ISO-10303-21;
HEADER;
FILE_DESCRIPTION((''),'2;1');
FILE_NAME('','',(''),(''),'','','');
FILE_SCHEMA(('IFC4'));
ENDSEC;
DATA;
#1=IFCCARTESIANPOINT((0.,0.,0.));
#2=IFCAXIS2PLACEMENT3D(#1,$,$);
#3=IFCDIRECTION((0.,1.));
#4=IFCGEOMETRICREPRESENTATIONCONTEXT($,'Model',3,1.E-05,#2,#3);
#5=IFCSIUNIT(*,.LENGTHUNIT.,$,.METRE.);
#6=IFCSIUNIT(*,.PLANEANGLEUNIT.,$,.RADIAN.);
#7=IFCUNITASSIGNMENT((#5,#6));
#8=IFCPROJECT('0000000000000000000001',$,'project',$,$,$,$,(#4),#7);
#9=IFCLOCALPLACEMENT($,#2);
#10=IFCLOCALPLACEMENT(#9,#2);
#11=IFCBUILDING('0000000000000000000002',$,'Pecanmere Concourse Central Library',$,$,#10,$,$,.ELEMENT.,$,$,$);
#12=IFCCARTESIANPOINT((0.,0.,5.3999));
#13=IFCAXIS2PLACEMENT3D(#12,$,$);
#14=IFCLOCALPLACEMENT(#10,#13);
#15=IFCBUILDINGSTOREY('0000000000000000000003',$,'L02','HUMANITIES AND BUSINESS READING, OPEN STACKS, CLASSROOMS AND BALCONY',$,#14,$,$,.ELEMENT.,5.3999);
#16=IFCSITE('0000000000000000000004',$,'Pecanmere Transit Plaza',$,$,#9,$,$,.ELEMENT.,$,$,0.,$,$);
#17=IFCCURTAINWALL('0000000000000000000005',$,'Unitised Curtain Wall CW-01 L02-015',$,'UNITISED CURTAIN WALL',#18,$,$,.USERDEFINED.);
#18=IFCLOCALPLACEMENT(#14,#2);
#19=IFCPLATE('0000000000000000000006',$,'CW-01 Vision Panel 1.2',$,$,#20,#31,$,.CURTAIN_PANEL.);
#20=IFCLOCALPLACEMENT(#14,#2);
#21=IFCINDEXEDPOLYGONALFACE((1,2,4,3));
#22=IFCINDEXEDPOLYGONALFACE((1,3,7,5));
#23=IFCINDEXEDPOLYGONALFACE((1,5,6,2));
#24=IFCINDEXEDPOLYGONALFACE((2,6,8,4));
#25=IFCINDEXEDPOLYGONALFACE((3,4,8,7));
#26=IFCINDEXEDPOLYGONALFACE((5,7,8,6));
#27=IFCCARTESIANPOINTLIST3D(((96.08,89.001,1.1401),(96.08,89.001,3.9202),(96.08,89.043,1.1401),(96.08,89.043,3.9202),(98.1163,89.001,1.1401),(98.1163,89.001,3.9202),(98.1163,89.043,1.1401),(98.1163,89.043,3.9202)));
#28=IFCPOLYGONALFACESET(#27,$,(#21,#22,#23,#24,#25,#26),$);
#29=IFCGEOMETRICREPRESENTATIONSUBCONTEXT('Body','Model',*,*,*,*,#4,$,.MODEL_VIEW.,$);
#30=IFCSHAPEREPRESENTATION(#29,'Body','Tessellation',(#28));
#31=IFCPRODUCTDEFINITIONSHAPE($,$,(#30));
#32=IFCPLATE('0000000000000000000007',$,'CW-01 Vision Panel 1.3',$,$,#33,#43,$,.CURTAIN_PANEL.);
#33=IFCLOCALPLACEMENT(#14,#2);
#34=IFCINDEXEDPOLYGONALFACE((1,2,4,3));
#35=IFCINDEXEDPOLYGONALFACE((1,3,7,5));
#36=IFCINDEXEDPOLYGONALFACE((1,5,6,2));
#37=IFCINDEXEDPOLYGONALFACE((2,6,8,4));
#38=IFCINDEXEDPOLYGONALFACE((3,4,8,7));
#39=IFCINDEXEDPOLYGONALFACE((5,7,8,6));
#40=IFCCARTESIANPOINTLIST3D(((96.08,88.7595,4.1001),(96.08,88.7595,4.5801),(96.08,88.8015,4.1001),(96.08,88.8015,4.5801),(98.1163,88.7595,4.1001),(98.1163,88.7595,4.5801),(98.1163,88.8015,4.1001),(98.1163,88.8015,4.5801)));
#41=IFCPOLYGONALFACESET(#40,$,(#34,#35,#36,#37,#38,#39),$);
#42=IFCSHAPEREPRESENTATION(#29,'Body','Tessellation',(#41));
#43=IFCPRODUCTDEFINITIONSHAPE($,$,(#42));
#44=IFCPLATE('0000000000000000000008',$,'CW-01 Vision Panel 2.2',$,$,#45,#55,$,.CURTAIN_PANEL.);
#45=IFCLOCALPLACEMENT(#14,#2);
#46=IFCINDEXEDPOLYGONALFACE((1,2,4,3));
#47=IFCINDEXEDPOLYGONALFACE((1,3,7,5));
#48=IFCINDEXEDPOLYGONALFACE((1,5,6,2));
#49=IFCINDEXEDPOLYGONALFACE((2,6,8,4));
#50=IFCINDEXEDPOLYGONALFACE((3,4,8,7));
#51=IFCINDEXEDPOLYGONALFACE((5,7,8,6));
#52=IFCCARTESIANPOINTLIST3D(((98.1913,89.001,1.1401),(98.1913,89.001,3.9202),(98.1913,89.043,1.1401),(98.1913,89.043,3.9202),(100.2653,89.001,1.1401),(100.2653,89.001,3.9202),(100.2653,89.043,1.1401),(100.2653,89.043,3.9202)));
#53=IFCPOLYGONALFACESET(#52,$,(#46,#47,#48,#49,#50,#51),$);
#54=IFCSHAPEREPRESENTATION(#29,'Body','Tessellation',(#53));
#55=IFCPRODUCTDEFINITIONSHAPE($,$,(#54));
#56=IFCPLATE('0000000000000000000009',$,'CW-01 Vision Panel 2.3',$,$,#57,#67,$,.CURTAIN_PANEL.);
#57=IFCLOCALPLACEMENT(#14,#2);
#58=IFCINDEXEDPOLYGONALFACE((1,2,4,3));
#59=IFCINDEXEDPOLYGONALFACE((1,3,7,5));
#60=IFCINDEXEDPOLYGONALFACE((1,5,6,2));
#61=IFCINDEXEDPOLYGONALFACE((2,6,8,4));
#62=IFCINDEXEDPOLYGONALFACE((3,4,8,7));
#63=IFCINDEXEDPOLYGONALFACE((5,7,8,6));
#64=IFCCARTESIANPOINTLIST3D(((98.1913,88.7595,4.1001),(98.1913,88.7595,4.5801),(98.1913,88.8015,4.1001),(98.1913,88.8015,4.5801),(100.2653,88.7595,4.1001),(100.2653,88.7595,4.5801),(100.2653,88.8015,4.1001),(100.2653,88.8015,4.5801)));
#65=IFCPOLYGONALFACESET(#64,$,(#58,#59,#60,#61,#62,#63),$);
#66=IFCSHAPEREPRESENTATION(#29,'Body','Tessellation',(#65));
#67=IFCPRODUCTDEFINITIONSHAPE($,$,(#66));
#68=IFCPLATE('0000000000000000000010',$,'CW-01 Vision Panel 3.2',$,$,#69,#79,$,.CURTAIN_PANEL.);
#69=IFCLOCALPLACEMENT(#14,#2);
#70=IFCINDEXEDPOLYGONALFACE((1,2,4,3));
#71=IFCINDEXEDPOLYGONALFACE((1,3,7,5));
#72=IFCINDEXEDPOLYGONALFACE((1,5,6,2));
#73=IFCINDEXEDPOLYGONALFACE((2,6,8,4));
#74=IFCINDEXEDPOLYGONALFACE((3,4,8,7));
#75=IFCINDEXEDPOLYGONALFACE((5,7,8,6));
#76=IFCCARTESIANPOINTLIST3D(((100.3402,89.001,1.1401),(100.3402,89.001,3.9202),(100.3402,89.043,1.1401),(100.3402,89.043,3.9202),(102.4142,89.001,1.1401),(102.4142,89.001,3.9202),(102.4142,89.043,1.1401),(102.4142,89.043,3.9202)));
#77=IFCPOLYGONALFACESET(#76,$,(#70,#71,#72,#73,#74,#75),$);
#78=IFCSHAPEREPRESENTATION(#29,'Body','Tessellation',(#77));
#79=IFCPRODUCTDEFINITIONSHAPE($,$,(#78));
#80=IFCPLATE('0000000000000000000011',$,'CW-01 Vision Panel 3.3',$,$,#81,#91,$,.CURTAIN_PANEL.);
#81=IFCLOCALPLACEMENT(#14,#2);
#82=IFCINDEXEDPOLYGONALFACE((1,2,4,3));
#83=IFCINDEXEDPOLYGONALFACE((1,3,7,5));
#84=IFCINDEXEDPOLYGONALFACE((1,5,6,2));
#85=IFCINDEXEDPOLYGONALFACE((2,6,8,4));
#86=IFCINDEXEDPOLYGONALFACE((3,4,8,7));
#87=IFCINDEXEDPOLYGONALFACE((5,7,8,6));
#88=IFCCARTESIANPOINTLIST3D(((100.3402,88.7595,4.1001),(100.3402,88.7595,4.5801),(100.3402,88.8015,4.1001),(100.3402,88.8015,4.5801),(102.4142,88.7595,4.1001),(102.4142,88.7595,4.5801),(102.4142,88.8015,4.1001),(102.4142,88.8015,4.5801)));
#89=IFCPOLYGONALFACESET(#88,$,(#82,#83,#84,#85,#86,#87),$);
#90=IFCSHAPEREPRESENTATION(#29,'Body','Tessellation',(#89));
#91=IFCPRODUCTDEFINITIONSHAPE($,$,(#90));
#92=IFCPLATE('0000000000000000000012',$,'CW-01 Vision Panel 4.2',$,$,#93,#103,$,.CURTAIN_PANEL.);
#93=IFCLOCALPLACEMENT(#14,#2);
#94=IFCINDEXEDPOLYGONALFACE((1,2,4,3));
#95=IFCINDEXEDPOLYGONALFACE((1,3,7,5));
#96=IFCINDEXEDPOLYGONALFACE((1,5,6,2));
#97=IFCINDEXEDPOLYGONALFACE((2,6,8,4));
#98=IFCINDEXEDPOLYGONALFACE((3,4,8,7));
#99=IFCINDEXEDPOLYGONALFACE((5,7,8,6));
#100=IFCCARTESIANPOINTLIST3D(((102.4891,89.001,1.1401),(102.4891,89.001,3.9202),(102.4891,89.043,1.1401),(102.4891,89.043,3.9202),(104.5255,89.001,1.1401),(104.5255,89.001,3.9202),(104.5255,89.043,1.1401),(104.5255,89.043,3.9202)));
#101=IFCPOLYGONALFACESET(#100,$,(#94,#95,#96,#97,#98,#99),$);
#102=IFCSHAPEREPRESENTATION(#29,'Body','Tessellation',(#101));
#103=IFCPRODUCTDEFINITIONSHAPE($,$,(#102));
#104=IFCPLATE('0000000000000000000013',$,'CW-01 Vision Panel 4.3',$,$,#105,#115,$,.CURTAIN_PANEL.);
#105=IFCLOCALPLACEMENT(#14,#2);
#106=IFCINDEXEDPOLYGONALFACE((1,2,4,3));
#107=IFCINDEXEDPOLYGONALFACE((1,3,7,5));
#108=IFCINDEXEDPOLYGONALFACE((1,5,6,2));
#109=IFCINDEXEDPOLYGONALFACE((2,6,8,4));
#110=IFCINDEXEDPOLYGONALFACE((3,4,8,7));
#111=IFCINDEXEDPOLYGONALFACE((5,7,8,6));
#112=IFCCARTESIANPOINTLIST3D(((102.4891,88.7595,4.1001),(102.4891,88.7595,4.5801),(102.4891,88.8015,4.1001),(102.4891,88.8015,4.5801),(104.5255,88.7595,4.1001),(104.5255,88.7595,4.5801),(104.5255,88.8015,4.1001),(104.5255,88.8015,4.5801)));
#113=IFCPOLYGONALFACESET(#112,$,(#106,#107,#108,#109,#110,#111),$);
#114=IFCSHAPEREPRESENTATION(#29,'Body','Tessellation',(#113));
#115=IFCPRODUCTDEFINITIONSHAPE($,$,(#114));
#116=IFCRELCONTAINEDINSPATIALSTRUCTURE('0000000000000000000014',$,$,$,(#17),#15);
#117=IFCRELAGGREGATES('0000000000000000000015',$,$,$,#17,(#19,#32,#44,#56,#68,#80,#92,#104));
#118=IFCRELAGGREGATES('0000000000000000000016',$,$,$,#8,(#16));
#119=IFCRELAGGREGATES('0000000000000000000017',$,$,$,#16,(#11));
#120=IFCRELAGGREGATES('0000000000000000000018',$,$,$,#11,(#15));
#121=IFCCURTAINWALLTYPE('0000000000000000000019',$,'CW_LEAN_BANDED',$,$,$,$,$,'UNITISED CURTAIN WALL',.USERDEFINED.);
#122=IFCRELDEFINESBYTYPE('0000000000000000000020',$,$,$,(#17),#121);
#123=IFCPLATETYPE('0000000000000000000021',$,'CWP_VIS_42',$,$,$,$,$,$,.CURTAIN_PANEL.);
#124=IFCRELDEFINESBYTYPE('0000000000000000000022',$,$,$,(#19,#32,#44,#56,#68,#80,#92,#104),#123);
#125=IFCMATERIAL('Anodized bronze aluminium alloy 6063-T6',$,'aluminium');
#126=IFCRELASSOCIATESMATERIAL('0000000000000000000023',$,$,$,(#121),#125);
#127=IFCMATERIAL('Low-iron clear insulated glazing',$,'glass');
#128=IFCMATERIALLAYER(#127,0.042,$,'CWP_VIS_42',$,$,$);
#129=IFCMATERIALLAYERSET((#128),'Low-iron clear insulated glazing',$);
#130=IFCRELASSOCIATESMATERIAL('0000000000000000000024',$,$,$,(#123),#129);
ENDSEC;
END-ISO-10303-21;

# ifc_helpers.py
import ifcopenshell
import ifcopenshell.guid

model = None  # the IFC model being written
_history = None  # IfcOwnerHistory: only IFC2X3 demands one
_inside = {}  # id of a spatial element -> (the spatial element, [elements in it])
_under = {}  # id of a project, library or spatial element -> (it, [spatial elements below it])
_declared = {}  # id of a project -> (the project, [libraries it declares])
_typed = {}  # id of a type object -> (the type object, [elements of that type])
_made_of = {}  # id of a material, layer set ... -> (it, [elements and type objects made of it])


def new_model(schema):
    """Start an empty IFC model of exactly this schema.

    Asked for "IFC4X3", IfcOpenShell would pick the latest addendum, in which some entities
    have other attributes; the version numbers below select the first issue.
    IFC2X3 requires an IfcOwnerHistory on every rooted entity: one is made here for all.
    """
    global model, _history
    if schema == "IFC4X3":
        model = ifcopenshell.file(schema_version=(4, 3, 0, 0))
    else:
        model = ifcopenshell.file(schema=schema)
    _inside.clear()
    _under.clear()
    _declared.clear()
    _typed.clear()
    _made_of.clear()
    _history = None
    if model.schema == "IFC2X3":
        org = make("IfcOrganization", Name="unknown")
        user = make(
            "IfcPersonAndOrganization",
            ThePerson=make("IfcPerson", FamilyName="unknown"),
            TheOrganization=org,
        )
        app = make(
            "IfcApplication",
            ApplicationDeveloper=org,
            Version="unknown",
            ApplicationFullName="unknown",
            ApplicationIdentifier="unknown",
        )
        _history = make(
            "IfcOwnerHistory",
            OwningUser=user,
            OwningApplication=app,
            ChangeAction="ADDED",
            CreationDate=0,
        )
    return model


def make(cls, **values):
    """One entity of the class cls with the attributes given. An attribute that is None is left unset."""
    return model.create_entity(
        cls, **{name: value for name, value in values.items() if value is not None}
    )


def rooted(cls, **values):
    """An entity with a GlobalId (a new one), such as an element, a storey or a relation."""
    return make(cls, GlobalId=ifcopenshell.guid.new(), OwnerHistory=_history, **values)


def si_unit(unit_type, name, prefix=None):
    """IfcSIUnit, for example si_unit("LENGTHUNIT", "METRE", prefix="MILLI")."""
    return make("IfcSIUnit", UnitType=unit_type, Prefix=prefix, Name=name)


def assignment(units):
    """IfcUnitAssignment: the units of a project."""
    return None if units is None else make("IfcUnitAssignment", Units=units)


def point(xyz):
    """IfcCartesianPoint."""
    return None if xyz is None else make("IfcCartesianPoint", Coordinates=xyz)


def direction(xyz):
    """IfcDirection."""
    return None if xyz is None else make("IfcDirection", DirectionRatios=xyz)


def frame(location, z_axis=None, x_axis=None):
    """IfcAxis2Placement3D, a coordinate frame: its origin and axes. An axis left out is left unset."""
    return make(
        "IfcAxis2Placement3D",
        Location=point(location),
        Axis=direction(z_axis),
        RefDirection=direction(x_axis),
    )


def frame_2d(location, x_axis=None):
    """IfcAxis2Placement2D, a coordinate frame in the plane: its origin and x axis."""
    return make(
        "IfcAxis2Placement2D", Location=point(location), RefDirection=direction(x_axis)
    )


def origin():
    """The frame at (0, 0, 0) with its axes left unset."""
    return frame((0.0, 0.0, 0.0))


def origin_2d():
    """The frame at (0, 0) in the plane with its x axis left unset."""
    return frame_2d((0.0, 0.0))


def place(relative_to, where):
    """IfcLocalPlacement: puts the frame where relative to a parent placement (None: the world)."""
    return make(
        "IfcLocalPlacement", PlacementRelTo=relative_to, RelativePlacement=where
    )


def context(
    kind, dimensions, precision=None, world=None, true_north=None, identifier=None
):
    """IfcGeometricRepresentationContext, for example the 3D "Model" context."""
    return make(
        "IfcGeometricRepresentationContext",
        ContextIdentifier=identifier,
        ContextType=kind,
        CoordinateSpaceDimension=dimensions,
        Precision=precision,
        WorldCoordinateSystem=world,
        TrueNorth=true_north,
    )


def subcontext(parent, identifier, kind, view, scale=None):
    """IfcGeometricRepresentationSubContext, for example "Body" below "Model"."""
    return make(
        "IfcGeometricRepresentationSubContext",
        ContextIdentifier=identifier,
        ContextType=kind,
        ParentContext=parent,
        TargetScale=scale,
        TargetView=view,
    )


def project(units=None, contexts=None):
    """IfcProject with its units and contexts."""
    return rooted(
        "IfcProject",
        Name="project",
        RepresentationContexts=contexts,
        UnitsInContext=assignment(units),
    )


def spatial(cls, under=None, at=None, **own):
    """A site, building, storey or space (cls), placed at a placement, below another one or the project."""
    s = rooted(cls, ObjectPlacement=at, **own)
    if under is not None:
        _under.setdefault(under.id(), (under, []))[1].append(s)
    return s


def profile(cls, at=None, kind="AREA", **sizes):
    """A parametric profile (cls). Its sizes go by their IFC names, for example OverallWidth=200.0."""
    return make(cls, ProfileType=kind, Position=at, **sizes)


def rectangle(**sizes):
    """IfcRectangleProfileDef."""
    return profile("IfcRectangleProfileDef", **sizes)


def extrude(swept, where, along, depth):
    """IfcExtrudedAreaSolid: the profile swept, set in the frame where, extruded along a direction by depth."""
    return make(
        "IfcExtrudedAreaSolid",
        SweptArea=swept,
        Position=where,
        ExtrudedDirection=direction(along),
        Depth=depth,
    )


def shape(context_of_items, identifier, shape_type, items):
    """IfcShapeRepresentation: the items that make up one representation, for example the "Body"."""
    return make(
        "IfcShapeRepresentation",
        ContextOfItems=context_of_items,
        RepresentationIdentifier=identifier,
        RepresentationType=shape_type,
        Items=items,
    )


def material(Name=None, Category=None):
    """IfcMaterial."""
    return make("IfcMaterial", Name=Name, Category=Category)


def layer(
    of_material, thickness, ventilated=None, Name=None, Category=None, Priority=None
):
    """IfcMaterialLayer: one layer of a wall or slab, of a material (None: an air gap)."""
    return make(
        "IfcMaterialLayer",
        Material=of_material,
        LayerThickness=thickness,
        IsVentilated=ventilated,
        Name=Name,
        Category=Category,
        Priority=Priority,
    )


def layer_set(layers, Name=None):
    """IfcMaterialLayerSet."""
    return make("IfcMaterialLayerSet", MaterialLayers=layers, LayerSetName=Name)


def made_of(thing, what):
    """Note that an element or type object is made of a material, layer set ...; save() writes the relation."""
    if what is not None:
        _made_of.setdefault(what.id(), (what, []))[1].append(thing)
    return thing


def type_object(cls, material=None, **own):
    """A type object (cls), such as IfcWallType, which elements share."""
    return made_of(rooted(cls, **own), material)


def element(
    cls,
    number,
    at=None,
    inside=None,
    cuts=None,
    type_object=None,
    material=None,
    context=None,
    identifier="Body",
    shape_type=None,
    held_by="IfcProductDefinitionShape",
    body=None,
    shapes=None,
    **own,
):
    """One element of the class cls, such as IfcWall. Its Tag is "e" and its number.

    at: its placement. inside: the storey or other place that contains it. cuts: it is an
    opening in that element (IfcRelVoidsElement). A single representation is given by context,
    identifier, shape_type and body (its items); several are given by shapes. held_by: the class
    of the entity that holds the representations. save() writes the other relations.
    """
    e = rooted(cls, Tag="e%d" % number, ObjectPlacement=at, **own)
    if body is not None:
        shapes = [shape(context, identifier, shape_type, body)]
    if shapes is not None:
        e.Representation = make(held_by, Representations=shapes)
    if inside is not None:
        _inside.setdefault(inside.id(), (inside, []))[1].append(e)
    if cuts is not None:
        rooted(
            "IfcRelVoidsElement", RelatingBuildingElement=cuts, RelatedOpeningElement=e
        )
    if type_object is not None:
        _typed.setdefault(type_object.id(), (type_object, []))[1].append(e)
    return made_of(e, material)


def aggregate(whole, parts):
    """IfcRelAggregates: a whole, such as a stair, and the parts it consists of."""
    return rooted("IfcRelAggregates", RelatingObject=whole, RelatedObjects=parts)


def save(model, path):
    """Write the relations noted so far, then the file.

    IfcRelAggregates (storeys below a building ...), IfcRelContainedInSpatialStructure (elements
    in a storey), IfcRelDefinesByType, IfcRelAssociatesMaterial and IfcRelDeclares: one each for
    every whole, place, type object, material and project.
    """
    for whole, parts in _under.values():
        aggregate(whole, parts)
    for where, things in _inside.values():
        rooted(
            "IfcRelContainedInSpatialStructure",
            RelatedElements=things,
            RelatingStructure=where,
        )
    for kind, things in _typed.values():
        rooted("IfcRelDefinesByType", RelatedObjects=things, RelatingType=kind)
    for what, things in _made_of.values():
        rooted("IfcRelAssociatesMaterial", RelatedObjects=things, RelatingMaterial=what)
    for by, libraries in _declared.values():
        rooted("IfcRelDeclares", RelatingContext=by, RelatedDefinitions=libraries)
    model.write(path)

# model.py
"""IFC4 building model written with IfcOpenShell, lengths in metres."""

from ifc_helpers import new_model, si_unit, direction, frame, origin, origin_2d, place, context, subcontext, project, spatial, rectangle, extrude, material, layer, layer_set, type_object, element, aggregate, save


model = new_model("IFC4")

# Units and contexts
model_context = context("Model", 3, precision=1e-05, world=origin(), true_north=direction((0.0, 1.0)))
body_context = subcontext(model_context, "Body", "Model", "MODEL_VIEW")
ifc_project = project(units=[si_unit("LENGTHUNIT", "METRE"), si_unit("PLANEANGLEUNIT", "RADIAN")], contexts=[model_context])

# Site, building, storey
site_placement = place(None, origin())
site = spatial("IfcSite", under=ifc_project, at=site_placement, Name="Pecanmere Transit Plaza", CompositionType="ELEMENT", RefElevation=0.0)
building_placement = place(site_placement, origin())
building = spatial("IfcBuilding", under=site, at=building_placement, Name="Pecanmere Concourse Central Library", CompositionType="ELEMENT")
storey_placement = place(building_placement, frame((0.0, 0.0, 5.3999)))
storey = spatial("IfcBuildingStorey", under=building, at=storey_placement, Name="L02", Description="HUMANITIES AND BUSINESS READING, OPEN STACKS, CLASSROOMS AND BALCONY", CompositionType="ELEMENT", Elevation=5.3999)

# Curtain wall
ifc_material_1 = material(Name="Anodized bronze aluminium alloy 6063-T6", Category="aluminium")
curtain_wall_type = type_object("IfcCurtainWallType", Name="CW_LEAN_BANDED", ElementType="UNITISED CURTAIN WALL", PredefinedType="USERDEFINED", material=ifc_material_1)
curtain_wall_placement = place(storey_placement, origin())
curtain_wall = element("IfcCurtainWall", 1, at=curtain_wall_placement, inside=storey, type_object=curtain_wall_type, Name="Unitised Curtain Wall CW-01 L02-015", ObjectType="UNITISED CURTAIN WALL", PredefinedType="USERDEFINED")

# Plates
ifc_material_2 = material(Name="Low-iron clear insulated glazing", Category="glass")
ifc_layer_1 = layer(ifc_material_2, 0.042, Name="CWP_VIS_42")
ifc_layer_set_1 = layer_set([ifc_layer_1], Name="Low-iron clear insulated glazing")
plate_type_1 = type_object("IfcPlateType", Name="CWP_VIS_42", PredefinedType="CURTAIN_PANEL", material=ifc_layer_set_1)
plate_1_placement = place(storey_placement, frame((97.0981, 89.022, 1.1401), z_axis=(0.0, 0.0, 1.0), x_axis=(1.0, 0.0, 0.0)))
plate_1 = element("IfcPlate", 2, at=plate_1_placement, type_object=plate_type_1, Name="CW-01 Vision Panel 1.2", PredefinedType="CURTAIN_PANEL", context=body_context, shape_type="SweptSolid", body=[
    extrude(rectangle(XDim=2.0364, YDim=0.042, at=origin_2d()), origin(), (0.0, 0.0, 1.0), 2.78),
])
plate_2_placement = place(storey_placement, frame((97.0981, 88.7805, 4.1001), z_axis=(0.0, 0.0, 1.0), x_axis=(1.0, 0.0, 0.0)))
plate_2 = element("IfcPlate", 3, at=plate_2_placement, type_object=plate_type_1, Name="CW-01 Vision Panel 1.3", PredefinedType="CURTAIN_PANEL", context=body_context, shape_type="SweptSolid", body=[
    extrude(rectangle(XDim=2.0364, YDim=0.042, at=origin_2d()), origin(), (0.0, 0.0, 1.0), 0.48),
])
plate_3_placement = place(storey_placement, frame((99.2283, 89.022, 1.1401), z_axis=(0.0, 0.0, 1.0), x_axis=(1.0, 0.0, 0.0)))
plate_3 = element("IfcPlate", 4, at=plate_3_placement, type_object=plate_type_1, Name="CW-01 Vision Panel 2.2", PredefinedType="CURTAIN_PANEL", context=body_context, shape_type="SweptSolid", body=[
    extrude(rectangle(XDim=2.074, YDim=0.042, at=origin_2d()), origin(), (0.0, 0.0, 1.0), 2.78),
])
plate_4_placement = place(storey_placement, frame((99.2283, 88.7805, 4.1001), z_axis=(0.0, 0.0, 1.0), x_axis=(1.0, 0.0, 0.0)))
plate_4 = element("IfcPlate", 5, at=plate_4_placement, type_object=plate_type_1, Name="CW-01 Vision Panel 2.3", PredefinedType="CURTAIN_PANEL", context=body_context, shape_type="SweptSolid", body=[
    extrude(rectangle(XDim=2.074, YDim=0.042, at=origin_2d()), origin(), (0.0, 0.0, 1.0), 0.48),
])
plate_5_placement = place(storey_placement, frame((101.3772, 89.022, 1.1401), z_axis=(0.0, 0.0, 1.0), x_axis=(1.0, 0.0, 0.0)))
plate_5 = element("IfcPlate", 6, at=plate_5_placement, type_object=plate_type_1, Name="CW-01 Vision Panel 3.2", PredefinedType="CURTAIN_PANEL", context=body_context, shape_type="SweptSolid", body=[
    extrude(rectangle(XDim=2.074, YDim=0.042, at=origin_2d()), origin(), (0.0, 0.0, 1.0), 2.78),
])
plate_6_placement = place(storey_placement, frame((101.3772, 88.7805, 4.1001), z_axis=(0.0, 0.0, 1.0), x_axis=(1.0, 0.0, 0.0)))
plate_6 = element("IfcPlate", 7, at=plate_6_placement, type_object=plate_type_1, Name="CW-01 Vision Panel 3.3", PredefinedType="CURTAIN_PANEL", context=body_context, shape_type="SweptSolid", body=[
    extrude(rectangle(XDim=2.074, YDim=0.042, at=origin_2d()), origin(), (0.0, 0.0, 1.0), 0.48),
])
plate_7_placement = place(storey_placement, frame((103.5073, 89.022, 1.1401), z_axis=(0.0, 0.0, 1.0), x_axis=(1.0, 0.0, 0.0)))
plate_7 = element("IfcPlate", 8, at=plate_7_placement, type_object=plate_type_1, Name="CW-01 Vision Panel 4.2", PredefinedType="CURTAIN_PANEL", context=body_context, shape_type="SweptSolid", body=[
    extrude(rectangle(XDim=2.0364, YDim=0.042, at=origin_2d()), origin(), (0.0, 0.0, 1.0), 2.78),
])
plate_8_placement = place(storey_placement, frame((103.5073, 88.7805, 4.1001), z_axis=(0.0, 0.0, 1.0), x_axis=(1.0, 0.0, 0.0)))
plate_8 = element("IfcPlate", 9, at=plate_8_placement, type_object=plate_type_1, Name="CW-01 Vision Panel 4.3", PredefinedType="CURTAIN_PANEL", context=body_context, shape_type="SweptSolid", body=[
    extrude(rectangle(XDim=2.0364, YDim=0.042, at=origin_2d()), origin(), (0.0, 0.0, 1.0), 0.48),
])
aggregate(curtain_wall, [plate_1, plate_2, plate_3, plate_4, plate_5, plate_6, plate_7, plate_8])

save(model, "model.ifc")
